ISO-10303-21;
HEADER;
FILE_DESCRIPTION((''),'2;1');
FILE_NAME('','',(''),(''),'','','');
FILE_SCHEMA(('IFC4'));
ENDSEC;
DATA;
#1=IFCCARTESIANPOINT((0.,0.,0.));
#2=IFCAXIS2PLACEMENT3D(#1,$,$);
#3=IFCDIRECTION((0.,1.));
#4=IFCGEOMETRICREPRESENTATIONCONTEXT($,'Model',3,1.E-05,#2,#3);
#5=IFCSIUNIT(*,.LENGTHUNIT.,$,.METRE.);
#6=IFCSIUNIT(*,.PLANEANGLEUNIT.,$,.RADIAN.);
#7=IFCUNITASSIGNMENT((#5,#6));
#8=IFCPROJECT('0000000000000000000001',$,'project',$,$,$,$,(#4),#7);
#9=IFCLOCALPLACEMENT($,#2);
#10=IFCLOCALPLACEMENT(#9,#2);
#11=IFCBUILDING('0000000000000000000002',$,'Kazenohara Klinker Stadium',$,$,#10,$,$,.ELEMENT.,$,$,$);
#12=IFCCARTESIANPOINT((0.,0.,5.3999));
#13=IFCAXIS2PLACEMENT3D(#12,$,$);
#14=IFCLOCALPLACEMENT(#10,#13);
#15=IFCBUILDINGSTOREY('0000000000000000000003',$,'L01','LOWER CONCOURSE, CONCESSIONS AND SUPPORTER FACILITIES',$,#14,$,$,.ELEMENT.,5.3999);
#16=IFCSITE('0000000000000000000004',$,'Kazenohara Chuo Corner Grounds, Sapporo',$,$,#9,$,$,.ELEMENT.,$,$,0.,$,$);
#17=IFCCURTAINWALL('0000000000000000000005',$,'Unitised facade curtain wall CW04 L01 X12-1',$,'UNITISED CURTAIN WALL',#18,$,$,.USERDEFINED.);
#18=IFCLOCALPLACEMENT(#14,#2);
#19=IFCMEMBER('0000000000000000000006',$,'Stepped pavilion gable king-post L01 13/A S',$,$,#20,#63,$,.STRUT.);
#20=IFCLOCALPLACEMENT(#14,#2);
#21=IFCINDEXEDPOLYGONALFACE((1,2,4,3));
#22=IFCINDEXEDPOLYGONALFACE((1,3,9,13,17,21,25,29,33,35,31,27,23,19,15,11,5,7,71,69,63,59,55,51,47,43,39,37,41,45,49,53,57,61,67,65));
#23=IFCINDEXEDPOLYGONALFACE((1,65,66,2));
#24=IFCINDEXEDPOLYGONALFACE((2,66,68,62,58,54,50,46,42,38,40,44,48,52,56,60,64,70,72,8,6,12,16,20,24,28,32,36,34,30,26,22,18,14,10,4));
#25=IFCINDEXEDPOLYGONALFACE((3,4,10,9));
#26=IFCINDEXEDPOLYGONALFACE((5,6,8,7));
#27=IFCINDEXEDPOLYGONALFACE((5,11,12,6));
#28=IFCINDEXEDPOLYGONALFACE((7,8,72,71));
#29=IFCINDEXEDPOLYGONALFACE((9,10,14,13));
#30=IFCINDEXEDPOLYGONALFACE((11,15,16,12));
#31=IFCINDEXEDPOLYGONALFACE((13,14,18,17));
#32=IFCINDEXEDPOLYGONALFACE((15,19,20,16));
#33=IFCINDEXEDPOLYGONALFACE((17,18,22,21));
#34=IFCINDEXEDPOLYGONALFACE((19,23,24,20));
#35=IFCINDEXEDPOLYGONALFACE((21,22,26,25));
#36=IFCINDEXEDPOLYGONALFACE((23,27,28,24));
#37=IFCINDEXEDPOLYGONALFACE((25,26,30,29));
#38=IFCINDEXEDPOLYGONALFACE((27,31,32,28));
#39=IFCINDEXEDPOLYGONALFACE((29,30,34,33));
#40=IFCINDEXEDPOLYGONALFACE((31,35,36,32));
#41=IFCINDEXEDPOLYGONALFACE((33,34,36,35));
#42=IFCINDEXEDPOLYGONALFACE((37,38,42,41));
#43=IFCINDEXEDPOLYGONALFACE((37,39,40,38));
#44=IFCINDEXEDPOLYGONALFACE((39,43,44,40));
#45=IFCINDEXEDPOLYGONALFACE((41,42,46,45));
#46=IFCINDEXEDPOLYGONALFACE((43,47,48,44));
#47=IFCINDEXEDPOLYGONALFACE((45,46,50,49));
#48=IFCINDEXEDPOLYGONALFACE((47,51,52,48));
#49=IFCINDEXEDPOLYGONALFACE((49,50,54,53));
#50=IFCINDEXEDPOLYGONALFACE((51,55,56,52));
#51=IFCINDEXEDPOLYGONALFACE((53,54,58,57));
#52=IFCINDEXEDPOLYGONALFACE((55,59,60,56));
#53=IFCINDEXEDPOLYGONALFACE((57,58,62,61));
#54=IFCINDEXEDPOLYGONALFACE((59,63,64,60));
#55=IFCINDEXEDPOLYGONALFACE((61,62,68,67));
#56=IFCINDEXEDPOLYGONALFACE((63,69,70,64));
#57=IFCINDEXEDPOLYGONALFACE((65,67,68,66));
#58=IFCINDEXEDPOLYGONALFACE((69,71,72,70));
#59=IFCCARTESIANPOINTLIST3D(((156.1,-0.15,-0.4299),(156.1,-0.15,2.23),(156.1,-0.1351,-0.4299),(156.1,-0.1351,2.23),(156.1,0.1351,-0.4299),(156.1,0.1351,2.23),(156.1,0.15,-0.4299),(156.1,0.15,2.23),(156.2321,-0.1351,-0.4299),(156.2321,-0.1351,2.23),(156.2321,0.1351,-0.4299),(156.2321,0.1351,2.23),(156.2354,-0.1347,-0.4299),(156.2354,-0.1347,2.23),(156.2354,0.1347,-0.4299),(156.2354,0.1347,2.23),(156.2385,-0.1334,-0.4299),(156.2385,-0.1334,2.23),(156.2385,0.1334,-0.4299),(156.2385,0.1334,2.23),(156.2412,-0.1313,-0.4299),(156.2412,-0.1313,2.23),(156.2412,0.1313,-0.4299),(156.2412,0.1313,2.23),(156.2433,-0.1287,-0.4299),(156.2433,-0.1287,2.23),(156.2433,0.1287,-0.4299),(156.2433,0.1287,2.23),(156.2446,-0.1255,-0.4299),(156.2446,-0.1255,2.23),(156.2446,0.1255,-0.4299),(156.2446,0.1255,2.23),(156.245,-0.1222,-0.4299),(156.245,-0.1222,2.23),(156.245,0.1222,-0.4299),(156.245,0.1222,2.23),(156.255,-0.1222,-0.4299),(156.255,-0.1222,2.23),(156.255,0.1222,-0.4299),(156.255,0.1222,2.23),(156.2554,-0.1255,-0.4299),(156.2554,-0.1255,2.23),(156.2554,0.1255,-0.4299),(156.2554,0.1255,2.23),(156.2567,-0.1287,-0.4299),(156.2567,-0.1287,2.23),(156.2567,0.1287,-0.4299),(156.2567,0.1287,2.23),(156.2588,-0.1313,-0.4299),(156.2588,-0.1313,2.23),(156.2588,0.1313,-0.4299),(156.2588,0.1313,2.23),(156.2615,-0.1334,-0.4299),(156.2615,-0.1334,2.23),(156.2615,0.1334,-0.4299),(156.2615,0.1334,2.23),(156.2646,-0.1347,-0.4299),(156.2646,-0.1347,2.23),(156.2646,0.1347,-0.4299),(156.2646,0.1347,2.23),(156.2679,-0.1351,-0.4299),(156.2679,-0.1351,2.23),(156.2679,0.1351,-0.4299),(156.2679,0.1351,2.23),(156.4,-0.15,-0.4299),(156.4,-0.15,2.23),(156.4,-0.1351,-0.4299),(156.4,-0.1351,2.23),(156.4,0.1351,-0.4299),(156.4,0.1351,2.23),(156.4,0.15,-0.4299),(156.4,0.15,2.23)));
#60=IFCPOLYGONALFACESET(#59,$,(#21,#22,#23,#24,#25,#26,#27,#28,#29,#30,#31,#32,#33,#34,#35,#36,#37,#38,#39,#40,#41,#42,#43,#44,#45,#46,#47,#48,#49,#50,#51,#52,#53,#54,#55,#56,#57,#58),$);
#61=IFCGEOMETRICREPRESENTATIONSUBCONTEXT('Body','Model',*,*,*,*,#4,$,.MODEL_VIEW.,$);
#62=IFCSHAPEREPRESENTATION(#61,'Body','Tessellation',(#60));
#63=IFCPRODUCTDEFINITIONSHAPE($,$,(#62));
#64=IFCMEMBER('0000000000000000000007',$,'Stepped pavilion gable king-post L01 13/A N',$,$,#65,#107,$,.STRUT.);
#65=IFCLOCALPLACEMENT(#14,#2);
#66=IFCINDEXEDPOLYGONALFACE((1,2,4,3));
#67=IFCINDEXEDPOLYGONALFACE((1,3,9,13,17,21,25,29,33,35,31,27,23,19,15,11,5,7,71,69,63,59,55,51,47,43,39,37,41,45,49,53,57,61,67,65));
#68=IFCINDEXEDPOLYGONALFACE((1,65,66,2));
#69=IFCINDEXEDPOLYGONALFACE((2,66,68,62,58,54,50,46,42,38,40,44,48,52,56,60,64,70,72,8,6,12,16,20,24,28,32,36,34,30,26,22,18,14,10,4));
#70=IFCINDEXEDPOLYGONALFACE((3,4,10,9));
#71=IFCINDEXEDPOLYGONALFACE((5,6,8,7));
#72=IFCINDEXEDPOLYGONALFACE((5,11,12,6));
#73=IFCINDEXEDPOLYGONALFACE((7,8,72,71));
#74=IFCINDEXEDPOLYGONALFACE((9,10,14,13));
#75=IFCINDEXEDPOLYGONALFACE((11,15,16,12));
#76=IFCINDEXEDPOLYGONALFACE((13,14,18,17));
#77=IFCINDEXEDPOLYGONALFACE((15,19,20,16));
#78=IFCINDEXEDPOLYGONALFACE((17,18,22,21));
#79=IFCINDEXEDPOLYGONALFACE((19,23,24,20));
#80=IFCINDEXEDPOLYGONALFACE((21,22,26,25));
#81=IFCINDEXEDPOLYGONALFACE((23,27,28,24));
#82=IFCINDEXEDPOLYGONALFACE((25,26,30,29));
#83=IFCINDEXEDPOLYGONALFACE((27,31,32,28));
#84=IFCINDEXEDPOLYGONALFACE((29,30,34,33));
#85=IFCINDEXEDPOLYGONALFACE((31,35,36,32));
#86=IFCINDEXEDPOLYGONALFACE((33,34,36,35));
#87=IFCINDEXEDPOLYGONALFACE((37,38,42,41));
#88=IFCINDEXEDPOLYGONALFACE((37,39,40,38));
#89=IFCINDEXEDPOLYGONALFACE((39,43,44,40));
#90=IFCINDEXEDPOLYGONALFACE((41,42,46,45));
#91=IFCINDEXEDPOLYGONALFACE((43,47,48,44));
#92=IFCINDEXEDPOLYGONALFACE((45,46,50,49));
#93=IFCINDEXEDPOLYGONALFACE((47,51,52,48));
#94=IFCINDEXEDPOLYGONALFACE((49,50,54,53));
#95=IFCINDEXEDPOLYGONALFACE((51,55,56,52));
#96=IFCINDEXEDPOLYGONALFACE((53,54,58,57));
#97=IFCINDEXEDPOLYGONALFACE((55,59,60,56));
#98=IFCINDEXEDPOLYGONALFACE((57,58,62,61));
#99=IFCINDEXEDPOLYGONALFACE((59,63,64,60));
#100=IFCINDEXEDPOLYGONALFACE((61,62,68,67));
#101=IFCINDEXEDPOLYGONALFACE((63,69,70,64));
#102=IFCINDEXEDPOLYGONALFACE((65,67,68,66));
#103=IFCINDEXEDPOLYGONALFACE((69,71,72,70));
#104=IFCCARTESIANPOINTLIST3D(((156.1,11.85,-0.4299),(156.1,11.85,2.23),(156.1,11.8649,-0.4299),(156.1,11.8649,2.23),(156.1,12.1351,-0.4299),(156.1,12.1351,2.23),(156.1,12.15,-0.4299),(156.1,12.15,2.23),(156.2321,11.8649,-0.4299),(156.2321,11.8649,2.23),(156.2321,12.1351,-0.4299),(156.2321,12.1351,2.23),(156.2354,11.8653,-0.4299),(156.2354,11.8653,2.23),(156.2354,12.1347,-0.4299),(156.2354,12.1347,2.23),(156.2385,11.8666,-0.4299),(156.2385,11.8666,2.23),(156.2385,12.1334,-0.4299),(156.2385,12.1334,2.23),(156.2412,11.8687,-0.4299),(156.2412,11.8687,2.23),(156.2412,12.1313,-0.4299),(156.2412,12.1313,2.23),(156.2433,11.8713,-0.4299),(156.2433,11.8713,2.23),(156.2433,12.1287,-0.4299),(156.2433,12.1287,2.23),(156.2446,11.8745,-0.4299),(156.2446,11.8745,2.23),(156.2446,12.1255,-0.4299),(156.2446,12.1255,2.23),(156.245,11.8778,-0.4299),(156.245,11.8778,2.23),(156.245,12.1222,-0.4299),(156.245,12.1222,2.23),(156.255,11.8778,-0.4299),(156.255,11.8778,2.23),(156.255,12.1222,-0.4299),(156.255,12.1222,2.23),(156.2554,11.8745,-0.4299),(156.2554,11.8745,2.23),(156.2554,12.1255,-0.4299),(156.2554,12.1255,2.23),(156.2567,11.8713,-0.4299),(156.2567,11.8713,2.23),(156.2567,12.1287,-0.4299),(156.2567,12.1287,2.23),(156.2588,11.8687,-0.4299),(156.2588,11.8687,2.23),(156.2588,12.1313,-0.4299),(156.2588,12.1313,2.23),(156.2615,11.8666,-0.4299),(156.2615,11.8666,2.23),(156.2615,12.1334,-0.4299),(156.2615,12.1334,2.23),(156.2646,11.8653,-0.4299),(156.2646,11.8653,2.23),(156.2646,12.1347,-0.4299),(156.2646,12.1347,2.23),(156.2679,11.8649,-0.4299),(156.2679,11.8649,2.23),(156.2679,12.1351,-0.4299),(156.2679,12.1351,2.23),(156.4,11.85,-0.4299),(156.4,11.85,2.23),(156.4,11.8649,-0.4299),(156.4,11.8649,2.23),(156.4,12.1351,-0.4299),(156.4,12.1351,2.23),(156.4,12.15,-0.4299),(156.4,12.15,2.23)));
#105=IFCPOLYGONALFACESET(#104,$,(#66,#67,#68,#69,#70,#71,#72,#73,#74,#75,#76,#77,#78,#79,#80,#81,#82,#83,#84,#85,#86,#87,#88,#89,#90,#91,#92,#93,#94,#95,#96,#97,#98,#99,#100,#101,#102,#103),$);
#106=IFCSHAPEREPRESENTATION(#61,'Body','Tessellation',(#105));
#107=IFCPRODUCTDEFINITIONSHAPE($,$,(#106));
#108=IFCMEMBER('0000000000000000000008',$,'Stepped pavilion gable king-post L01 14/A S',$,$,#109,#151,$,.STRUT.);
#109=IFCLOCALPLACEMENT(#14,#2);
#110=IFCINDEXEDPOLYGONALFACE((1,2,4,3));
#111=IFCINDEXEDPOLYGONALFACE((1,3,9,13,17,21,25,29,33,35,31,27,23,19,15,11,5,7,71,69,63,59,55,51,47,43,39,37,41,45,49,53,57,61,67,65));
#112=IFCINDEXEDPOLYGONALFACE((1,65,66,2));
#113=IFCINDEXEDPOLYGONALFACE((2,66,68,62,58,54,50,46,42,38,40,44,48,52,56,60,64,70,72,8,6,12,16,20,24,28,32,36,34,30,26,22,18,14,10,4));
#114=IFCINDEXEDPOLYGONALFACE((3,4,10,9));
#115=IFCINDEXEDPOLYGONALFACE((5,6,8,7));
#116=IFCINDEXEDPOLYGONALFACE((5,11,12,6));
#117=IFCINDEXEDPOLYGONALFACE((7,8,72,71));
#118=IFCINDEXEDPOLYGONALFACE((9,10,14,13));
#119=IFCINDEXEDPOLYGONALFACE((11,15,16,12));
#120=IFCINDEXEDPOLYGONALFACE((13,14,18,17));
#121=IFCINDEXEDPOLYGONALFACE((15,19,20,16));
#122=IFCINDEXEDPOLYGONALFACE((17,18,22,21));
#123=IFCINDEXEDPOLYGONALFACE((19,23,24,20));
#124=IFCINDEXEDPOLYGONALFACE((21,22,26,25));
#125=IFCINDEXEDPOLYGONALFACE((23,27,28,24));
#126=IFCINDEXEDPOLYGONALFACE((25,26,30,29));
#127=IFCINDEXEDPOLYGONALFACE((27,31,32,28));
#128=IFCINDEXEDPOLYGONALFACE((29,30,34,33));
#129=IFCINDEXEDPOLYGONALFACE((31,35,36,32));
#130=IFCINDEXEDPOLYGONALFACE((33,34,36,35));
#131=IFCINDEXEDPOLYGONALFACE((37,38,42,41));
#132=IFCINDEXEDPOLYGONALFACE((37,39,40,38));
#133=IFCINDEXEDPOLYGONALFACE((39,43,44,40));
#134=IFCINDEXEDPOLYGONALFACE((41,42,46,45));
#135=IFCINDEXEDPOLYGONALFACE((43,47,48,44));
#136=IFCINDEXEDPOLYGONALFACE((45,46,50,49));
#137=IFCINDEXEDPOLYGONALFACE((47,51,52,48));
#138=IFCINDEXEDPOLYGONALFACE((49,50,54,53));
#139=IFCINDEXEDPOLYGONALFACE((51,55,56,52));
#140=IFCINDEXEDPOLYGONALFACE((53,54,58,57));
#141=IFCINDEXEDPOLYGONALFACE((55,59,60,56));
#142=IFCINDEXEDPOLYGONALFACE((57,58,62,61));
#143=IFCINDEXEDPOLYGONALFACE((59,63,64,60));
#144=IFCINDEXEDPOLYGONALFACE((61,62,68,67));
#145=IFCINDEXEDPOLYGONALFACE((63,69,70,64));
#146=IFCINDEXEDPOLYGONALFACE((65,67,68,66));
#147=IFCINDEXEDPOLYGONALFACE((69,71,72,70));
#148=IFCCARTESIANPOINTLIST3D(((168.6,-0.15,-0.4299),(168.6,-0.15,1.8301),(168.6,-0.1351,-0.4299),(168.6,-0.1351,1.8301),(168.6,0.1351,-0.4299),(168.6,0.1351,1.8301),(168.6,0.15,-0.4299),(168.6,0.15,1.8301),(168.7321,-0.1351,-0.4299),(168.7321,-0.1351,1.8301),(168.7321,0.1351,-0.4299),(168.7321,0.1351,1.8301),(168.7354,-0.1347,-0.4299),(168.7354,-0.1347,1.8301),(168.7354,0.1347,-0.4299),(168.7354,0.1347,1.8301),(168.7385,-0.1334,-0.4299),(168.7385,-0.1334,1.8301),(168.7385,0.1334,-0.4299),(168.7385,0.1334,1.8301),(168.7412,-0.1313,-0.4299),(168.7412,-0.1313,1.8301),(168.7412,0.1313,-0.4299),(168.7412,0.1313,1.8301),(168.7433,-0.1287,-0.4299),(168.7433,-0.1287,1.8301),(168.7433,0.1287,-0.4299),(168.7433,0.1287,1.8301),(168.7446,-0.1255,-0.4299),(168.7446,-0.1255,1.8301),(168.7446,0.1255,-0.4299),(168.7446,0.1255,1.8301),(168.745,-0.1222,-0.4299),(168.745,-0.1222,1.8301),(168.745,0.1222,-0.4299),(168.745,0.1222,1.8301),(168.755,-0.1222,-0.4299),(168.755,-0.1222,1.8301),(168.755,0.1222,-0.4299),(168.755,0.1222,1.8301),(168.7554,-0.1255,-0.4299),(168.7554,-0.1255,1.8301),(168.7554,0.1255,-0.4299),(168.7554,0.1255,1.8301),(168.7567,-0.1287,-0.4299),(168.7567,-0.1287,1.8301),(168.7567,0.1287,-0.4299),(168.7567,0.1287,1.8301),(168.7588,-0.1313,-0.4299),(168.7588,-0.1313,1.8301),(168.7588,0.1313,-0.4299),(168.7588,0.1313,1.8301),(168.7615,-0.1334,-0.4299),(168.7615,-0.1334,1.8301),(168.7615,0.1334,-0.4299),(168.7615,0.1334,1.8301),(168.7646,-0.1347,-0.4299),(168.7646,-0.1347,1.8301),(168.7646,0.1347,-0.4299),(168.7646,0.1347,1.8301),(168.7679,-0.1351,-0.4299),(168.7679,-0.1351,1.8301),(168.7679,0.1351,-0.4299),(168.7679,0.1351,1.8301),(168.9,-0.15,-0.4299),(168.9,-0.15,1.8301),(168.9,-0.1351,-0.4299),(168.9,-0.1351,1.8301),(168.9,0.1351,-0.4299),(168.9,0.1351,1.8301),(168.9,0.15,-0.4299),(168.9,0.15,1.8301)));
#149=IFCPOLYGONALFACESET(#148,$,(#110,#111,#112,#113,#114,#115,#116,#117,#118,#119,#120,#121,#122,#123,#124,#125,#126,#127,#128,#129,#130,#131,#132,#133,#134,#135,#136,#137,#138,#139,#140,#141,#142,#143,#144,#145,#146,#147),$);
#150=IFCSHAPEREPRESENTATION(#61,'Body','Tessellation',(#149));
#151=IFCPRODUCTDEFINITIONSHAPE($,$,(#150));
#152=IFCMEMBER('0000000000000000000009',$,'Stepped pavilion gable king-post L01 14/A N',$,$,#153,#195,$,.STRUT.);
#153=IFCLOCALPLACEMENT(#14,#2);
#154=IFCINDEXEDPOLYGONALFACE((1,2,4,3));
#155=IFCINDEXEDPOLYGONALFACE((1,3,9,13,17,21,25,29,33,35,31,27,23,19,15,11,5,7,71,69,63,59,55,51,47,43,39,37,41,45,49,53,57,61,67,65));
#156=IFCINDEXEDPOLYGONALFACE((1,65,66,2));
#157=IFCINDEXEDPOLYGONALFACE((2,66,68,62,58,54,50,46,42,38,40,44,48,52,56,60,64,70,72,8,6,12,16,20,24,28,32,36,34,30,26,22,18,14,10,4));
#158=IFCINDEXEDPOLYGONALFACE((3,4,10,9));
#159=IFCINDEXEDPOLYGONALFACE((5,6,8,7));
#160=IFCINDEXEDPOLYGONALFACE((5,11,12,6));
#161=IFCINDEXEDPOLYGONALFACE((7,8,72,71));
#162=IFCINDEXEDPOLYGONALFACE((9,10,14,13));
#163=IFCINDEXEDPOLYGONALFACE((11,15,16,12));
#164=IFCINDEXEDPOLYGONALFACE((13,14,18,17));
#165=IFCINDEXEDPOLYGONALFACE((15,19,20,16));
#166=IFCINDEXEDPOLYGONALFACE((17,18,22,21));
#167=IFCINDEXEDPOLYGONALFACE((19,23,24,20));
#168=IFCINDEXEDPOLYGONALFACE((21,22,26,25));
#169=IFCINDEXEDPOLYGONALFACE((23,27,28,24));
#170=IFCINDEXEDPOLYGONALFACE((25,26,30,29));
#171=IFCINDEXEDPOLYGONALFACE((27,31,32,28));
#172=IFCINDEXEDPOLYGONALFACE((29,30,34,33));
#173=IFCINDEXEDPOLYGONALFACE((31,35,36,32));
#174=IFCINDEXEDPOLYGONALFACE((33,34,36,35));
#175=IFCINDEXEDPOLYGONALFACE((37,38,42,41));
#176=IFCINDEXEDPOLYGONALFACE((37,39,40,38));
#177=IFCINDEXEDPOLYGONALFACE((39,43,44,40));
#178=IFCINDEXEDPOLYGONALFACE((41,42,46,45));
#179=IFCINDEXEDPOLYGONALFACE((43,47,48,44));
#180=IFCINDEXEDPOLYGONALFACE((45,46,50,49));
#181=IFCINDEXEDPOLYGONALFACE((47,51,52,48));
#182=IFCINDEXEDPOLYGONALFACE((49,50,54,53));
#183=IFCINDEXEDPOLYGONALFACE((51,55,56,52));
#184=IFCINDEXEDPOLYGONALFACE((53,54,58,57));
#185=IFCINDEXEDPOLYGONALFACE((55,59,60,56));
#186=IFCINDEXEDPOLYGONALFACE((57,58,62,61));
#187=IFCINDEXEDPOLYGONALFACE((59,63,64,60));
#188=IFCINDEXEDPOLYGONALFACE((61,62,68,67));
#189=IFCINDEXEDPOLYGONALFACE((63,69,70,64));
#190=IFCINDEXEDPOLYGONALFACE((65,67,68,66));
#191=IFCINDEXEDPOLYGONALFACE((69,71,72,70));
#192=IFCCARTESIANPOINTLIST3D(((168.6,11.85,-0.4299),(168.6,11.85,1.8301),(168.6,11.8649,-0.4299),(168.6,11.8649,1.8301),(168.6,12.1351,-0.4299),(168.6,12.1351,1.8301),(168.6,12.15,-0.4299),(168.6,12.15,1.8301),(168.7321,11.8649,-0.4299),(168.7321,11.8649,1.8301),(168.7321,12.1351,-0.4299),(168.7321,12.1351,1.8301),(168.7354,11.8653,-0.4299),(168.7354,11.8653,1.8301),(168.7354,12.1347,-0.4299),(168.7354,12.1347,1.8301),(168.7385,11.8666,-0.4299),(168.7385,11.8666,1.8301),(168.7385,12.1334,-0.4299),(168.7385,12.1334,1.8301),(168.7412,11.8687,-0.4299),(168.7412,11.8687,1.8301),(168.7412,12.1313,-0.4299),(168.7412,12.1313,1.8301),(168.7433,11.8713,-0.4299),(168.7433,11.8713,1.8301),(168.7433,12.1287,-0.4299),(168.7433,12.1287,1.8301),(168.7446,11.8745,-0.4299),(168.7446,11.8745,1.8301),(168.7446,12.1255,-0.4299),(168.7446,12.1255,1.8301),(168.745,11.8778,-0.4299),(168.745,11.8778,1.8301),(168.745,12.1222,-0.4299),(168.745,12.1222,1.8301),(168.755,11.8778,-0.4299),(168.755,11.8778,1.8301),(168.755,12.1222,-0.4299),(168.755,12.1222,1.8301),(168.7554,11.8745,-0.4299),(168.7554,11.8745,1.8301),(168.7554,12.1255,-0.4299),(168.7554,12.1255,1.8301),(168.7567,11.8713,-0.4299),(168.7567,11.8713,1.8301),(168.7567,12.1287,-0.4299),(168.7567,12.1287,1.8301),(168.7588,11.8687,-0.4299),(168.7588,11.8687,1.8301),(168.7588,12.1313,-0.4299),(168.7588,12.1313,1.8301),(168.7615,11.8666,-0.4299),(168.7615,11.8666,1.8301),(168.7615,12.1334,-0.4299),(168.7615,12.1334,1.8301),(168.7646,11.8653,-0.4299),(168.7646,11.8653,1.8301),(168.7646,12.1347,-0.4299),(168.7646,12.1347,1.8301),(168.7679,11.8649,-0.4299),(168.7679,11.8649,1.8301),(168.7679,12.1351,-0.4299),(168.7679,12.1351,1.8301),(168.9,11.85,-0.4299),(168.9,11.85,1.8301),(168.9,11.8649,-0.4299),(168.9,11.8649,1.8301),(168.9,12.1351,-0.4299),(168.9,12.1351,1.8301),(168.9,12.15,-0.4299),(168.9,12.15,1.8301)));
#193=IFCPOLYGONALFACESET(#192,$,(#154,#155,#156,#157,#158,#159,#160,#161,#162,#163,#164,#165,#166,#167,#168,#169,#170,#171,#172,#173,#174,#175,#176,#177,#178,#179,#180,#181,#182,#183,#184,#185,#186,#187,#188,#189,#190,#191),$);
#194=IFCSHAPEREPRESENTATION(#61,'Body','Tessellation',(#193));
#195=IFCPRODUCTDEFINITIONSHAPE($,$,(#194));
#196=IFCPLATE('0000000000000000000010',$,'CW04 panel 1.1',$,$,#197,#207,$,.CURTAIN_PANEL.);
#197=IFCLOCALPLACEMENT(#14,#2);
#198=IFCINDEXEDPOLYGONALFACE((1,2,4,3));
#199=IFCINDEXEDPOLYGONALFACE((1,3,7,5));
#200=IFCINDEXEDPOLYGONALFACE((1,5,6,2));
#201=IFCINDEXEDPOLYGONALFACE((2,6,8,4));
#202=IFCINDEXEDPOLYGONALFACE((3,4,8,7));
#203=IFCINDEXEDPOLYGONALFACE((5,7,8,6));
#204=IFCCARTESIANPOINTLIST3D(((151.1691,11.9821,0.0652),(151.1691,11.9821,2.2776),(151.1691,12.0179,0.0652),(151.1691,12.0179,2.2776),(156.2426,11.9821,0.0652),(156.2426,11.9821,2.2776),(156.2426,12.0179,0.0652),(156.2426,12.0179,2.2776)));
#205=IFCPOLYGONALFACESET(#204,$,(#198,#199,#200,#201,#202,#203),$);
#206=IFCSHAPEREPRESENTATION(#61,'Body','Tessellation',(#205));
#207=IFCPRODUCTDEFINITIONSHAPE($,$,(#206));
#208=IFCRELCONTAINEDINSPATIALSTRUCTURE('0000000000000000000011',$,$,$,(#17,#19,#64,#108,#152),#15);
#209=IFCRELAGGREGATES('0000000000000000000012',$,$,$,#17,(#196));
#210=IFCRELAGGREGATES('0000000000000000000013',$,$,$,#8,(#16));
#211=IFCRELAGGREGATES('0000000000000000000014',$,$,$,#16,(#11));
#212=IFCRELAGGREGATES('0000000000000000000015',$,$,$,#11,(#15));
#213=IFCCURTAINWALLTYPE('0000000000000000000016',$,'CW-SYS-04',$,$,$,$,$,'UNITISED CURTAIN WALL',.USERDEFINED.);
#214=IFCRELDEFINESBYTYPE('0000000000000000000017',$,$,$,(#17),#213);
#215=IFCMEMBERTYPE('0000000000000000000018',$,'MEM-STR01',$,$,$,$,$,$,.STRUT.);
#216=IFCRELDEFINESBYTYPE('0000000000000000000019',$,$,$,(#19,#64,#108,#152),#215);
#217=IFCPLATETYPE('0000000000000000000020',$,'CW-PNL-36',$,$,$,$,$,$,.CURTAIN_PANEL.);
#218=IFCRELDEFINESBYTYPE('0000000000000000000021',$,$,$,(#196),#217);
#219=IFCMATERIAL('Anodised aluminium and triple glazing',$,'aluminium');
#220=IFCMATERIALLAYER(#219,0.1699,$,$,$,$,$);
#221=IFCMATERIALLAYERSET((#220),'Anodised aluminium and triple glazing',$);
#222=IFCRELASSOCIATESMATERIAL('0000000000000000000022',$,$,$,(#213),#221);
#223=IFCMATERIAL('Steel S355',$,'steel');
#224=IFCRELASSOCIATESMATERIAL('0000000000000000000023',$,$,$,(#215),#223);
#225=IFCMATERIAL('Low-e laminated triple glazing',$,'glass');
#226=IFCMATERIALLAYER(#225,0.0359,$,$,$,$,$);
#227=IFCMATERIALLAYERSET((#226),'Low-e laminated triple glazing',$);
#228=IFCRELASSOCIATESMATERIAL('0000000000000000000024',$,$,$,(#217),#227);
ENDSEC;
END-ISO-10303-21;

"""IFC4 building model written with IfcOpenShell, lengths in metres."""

from ifc_helpers import new_model, si_unit, direction, frame, origin, origin_2d, place, context, subcontext, project, spatial, rectangle, i_section, extrude, material, layer, layer_set, material_profile, profile_set, type_object, element, aggregate, save


model = new_model("IFC4")

# Units and contexts
model_context = context("Model", 3, precision=1e-05, world=origin(), true_north=direction((0.0, 1.0)))
body_context = subcontext(model_context, "Body", "Model", "MODEL_VIEW")
ifc_project = project(units=[si_unit("LENGTHUNIT", "METRE"), si_unit("PLANEANGLEUNIT", "RADIAN")], contexts=[model_context])

# Site, building, storey
site_placement = place(None, origin())
site = spatial("IfcSite", under=ifc_project, at=site_placement, Name="Kazenohara Chuo Corner Grounds, Sapporo", CompositionType="ELEMENT", RefElevation=0.0)
building_placement = place(site_placement, origin())
building = spatial("IfcBuilding", under=site, at=building_placement, Name="Kazenohara Klinker Stadium", CompositionType="ELEMENT")
storey_placement = place(building_placement, frame((0.0, 0.0, 5.3999)))
storey = spatial("IfcBuildingStorey", under=building, at=storey_placement, Name="L01", Description="LOWER CONCOURSE, CONCESSIONS AND SUPPORTER FACILITIES", CompositionType="ELEMENT", Elevation=5.3999)

# Shared definitions
ifc_material_1 = material(Name="Steel S355", Category="steel")

# Curtain wall
ifc_material_2 = material(Name="Anodised aluminium and triple glazing", Category="aluminium")
ifc_layer_1 = layer(ifc_material_2, 0.1699)
ifc_layer_set_1 = layer_set([ifc_layer_1], Name="Anodised aluminium and triple glazing")
curtain_wall_type_1 = type_object("IfcCurtainWallType", Name="CW-SYS-04", ElementType="UNITISED CURTAIN WALL", PredefinedType="USERDEFINED", material=ifc_layer_set_1)
curtain_wall_1_placement = place(storey_placement, origin())
curtain_wall_1 = element("IfcCurtainWall", 1, at=curtain_wall_1_placement, inside=storey, type_object=curtain_wall_type_1, Name="Unitised facade curtain wall CW04 L01 X12-1", ObjectType="UNITISED CURTAIN WALL", PredefinedType="USERDEFINED")

# Members
ifc_material_profile_1 = material_profile(ifc_material_1, i_section(OverallWidth=0.3, OverallDepth=0.3, WebThickness=0.01, FlangeThickness=0.0149, FilletRadius=0.0129, at=origin_2d()), Name="H-300x300x10x15")
ifc_profile_set_1 = profile_set([ifc_material_profile_1], Name="Steel S355")
member_type_1 = type_object("IfcMemberType", Name="MEM-STR01", PredefinedType="STRUT", material=ifc_profile_set_1)
for number, where, z_axis, x_axis, name in (
    (2, (156.25, 0.0, -0.4299), (0.0, 0.0, 1.0), (1.0, 0.0, 0.0), "Stepped pavilion gable king-post L01 13/A S"),
    (3, (156.25, 12.0, -0.4299), (0.0, 0.0, 1.0), (1.0, 0.0, 0.0), "Stepped pavilion gable king-post L01 13/A N"),
):
    element("IfcMember", number, at=place(storey_placement, frame(where, z_axis=z_axis, x_axis=x_axis)), inside=storey, type_object=member_type_1, Name=name, PredefinedType="STRUT", context=body_context, shape_type="SweptSolid", body=[
        extrude(i_section(OverallWidth=0.3, OverallDepth=0.3, WebThickness=0.01, FlangeThickness=0.0149, FilletRadius=0.0129, at=origin_2d()), origin(), (0.0, 0.0, 1.0), 2.6599),
    ])
for number, where, z_axis, x_axis, name in (
    (4, (168.75, 0.0, -0.4299), (0.0, 0.0, 1.0), (1.0, 0.0, 0.0), "Stepped pavilion gable king-post L01 14/A S"),
    (5, (168.75, 12.0, -0.4299), (0.0, 0.0, 1.0), (1.0, 0.0, 0.0), "Stepped pavilion gable king-post L01 14/A N"),
):
    element("IfcMember", number, at=place(storey_placement, frame(where, z_axis=z_axis, x_axis=x_axis)), inside=storey, type_object=member_type_1, Name=name, PredefinedType="STRUT", context=body_context, shape_type="SweptSolid", body=[
        extrude(i_section(OverallWidth=0.3, OverallDepth=0.3, WebThickness=0.01, FlangeThickness=0.0149, FilletRadius=0.0129, at=origin_2d()), origin(), (0.0, 0.0, 1.0), 2.26),
    ])

# Plate
ifc_material_3 = material(Name="Low-e laminated triple glazing", Category="glass")
ifc_layer_2 = layer(ifc_material_3, 0.0359)
ifc_layer_set_2 = layer_set([ifc_layer_2], Name="Low-e laminated triple glazing")
plate_type = type_object("IfcPlateType", Name="CW-PNL-36", PredefinedType="CURTAIN_PANEL", material=ifc_layer_set_2)
plate_1_placement = place(storey_placement, frame((153.7058, 12.0, 0.0652), z_axis=(0.0, 0.0, 1.0), x_axis=(1.0, 0.0, 0.0)))
plate_1 = element("IfcPlate", 6, at=plate_1_placement, type_object=plate_type, Name="CW04 panel 1.1", PredefinedType="CURTAIN_PANEL", context=body_context, shape_type="SweptSolid", body=[
    extrude(rectangle(XDim=5.0735, YDim=0.0359, at=origin_2d()), origin(), (0.0, 0.0, 1.0), 2.2124),
])
aggregate(curtain_wall_1, [plate_1])

save(model, "model.ifc")
